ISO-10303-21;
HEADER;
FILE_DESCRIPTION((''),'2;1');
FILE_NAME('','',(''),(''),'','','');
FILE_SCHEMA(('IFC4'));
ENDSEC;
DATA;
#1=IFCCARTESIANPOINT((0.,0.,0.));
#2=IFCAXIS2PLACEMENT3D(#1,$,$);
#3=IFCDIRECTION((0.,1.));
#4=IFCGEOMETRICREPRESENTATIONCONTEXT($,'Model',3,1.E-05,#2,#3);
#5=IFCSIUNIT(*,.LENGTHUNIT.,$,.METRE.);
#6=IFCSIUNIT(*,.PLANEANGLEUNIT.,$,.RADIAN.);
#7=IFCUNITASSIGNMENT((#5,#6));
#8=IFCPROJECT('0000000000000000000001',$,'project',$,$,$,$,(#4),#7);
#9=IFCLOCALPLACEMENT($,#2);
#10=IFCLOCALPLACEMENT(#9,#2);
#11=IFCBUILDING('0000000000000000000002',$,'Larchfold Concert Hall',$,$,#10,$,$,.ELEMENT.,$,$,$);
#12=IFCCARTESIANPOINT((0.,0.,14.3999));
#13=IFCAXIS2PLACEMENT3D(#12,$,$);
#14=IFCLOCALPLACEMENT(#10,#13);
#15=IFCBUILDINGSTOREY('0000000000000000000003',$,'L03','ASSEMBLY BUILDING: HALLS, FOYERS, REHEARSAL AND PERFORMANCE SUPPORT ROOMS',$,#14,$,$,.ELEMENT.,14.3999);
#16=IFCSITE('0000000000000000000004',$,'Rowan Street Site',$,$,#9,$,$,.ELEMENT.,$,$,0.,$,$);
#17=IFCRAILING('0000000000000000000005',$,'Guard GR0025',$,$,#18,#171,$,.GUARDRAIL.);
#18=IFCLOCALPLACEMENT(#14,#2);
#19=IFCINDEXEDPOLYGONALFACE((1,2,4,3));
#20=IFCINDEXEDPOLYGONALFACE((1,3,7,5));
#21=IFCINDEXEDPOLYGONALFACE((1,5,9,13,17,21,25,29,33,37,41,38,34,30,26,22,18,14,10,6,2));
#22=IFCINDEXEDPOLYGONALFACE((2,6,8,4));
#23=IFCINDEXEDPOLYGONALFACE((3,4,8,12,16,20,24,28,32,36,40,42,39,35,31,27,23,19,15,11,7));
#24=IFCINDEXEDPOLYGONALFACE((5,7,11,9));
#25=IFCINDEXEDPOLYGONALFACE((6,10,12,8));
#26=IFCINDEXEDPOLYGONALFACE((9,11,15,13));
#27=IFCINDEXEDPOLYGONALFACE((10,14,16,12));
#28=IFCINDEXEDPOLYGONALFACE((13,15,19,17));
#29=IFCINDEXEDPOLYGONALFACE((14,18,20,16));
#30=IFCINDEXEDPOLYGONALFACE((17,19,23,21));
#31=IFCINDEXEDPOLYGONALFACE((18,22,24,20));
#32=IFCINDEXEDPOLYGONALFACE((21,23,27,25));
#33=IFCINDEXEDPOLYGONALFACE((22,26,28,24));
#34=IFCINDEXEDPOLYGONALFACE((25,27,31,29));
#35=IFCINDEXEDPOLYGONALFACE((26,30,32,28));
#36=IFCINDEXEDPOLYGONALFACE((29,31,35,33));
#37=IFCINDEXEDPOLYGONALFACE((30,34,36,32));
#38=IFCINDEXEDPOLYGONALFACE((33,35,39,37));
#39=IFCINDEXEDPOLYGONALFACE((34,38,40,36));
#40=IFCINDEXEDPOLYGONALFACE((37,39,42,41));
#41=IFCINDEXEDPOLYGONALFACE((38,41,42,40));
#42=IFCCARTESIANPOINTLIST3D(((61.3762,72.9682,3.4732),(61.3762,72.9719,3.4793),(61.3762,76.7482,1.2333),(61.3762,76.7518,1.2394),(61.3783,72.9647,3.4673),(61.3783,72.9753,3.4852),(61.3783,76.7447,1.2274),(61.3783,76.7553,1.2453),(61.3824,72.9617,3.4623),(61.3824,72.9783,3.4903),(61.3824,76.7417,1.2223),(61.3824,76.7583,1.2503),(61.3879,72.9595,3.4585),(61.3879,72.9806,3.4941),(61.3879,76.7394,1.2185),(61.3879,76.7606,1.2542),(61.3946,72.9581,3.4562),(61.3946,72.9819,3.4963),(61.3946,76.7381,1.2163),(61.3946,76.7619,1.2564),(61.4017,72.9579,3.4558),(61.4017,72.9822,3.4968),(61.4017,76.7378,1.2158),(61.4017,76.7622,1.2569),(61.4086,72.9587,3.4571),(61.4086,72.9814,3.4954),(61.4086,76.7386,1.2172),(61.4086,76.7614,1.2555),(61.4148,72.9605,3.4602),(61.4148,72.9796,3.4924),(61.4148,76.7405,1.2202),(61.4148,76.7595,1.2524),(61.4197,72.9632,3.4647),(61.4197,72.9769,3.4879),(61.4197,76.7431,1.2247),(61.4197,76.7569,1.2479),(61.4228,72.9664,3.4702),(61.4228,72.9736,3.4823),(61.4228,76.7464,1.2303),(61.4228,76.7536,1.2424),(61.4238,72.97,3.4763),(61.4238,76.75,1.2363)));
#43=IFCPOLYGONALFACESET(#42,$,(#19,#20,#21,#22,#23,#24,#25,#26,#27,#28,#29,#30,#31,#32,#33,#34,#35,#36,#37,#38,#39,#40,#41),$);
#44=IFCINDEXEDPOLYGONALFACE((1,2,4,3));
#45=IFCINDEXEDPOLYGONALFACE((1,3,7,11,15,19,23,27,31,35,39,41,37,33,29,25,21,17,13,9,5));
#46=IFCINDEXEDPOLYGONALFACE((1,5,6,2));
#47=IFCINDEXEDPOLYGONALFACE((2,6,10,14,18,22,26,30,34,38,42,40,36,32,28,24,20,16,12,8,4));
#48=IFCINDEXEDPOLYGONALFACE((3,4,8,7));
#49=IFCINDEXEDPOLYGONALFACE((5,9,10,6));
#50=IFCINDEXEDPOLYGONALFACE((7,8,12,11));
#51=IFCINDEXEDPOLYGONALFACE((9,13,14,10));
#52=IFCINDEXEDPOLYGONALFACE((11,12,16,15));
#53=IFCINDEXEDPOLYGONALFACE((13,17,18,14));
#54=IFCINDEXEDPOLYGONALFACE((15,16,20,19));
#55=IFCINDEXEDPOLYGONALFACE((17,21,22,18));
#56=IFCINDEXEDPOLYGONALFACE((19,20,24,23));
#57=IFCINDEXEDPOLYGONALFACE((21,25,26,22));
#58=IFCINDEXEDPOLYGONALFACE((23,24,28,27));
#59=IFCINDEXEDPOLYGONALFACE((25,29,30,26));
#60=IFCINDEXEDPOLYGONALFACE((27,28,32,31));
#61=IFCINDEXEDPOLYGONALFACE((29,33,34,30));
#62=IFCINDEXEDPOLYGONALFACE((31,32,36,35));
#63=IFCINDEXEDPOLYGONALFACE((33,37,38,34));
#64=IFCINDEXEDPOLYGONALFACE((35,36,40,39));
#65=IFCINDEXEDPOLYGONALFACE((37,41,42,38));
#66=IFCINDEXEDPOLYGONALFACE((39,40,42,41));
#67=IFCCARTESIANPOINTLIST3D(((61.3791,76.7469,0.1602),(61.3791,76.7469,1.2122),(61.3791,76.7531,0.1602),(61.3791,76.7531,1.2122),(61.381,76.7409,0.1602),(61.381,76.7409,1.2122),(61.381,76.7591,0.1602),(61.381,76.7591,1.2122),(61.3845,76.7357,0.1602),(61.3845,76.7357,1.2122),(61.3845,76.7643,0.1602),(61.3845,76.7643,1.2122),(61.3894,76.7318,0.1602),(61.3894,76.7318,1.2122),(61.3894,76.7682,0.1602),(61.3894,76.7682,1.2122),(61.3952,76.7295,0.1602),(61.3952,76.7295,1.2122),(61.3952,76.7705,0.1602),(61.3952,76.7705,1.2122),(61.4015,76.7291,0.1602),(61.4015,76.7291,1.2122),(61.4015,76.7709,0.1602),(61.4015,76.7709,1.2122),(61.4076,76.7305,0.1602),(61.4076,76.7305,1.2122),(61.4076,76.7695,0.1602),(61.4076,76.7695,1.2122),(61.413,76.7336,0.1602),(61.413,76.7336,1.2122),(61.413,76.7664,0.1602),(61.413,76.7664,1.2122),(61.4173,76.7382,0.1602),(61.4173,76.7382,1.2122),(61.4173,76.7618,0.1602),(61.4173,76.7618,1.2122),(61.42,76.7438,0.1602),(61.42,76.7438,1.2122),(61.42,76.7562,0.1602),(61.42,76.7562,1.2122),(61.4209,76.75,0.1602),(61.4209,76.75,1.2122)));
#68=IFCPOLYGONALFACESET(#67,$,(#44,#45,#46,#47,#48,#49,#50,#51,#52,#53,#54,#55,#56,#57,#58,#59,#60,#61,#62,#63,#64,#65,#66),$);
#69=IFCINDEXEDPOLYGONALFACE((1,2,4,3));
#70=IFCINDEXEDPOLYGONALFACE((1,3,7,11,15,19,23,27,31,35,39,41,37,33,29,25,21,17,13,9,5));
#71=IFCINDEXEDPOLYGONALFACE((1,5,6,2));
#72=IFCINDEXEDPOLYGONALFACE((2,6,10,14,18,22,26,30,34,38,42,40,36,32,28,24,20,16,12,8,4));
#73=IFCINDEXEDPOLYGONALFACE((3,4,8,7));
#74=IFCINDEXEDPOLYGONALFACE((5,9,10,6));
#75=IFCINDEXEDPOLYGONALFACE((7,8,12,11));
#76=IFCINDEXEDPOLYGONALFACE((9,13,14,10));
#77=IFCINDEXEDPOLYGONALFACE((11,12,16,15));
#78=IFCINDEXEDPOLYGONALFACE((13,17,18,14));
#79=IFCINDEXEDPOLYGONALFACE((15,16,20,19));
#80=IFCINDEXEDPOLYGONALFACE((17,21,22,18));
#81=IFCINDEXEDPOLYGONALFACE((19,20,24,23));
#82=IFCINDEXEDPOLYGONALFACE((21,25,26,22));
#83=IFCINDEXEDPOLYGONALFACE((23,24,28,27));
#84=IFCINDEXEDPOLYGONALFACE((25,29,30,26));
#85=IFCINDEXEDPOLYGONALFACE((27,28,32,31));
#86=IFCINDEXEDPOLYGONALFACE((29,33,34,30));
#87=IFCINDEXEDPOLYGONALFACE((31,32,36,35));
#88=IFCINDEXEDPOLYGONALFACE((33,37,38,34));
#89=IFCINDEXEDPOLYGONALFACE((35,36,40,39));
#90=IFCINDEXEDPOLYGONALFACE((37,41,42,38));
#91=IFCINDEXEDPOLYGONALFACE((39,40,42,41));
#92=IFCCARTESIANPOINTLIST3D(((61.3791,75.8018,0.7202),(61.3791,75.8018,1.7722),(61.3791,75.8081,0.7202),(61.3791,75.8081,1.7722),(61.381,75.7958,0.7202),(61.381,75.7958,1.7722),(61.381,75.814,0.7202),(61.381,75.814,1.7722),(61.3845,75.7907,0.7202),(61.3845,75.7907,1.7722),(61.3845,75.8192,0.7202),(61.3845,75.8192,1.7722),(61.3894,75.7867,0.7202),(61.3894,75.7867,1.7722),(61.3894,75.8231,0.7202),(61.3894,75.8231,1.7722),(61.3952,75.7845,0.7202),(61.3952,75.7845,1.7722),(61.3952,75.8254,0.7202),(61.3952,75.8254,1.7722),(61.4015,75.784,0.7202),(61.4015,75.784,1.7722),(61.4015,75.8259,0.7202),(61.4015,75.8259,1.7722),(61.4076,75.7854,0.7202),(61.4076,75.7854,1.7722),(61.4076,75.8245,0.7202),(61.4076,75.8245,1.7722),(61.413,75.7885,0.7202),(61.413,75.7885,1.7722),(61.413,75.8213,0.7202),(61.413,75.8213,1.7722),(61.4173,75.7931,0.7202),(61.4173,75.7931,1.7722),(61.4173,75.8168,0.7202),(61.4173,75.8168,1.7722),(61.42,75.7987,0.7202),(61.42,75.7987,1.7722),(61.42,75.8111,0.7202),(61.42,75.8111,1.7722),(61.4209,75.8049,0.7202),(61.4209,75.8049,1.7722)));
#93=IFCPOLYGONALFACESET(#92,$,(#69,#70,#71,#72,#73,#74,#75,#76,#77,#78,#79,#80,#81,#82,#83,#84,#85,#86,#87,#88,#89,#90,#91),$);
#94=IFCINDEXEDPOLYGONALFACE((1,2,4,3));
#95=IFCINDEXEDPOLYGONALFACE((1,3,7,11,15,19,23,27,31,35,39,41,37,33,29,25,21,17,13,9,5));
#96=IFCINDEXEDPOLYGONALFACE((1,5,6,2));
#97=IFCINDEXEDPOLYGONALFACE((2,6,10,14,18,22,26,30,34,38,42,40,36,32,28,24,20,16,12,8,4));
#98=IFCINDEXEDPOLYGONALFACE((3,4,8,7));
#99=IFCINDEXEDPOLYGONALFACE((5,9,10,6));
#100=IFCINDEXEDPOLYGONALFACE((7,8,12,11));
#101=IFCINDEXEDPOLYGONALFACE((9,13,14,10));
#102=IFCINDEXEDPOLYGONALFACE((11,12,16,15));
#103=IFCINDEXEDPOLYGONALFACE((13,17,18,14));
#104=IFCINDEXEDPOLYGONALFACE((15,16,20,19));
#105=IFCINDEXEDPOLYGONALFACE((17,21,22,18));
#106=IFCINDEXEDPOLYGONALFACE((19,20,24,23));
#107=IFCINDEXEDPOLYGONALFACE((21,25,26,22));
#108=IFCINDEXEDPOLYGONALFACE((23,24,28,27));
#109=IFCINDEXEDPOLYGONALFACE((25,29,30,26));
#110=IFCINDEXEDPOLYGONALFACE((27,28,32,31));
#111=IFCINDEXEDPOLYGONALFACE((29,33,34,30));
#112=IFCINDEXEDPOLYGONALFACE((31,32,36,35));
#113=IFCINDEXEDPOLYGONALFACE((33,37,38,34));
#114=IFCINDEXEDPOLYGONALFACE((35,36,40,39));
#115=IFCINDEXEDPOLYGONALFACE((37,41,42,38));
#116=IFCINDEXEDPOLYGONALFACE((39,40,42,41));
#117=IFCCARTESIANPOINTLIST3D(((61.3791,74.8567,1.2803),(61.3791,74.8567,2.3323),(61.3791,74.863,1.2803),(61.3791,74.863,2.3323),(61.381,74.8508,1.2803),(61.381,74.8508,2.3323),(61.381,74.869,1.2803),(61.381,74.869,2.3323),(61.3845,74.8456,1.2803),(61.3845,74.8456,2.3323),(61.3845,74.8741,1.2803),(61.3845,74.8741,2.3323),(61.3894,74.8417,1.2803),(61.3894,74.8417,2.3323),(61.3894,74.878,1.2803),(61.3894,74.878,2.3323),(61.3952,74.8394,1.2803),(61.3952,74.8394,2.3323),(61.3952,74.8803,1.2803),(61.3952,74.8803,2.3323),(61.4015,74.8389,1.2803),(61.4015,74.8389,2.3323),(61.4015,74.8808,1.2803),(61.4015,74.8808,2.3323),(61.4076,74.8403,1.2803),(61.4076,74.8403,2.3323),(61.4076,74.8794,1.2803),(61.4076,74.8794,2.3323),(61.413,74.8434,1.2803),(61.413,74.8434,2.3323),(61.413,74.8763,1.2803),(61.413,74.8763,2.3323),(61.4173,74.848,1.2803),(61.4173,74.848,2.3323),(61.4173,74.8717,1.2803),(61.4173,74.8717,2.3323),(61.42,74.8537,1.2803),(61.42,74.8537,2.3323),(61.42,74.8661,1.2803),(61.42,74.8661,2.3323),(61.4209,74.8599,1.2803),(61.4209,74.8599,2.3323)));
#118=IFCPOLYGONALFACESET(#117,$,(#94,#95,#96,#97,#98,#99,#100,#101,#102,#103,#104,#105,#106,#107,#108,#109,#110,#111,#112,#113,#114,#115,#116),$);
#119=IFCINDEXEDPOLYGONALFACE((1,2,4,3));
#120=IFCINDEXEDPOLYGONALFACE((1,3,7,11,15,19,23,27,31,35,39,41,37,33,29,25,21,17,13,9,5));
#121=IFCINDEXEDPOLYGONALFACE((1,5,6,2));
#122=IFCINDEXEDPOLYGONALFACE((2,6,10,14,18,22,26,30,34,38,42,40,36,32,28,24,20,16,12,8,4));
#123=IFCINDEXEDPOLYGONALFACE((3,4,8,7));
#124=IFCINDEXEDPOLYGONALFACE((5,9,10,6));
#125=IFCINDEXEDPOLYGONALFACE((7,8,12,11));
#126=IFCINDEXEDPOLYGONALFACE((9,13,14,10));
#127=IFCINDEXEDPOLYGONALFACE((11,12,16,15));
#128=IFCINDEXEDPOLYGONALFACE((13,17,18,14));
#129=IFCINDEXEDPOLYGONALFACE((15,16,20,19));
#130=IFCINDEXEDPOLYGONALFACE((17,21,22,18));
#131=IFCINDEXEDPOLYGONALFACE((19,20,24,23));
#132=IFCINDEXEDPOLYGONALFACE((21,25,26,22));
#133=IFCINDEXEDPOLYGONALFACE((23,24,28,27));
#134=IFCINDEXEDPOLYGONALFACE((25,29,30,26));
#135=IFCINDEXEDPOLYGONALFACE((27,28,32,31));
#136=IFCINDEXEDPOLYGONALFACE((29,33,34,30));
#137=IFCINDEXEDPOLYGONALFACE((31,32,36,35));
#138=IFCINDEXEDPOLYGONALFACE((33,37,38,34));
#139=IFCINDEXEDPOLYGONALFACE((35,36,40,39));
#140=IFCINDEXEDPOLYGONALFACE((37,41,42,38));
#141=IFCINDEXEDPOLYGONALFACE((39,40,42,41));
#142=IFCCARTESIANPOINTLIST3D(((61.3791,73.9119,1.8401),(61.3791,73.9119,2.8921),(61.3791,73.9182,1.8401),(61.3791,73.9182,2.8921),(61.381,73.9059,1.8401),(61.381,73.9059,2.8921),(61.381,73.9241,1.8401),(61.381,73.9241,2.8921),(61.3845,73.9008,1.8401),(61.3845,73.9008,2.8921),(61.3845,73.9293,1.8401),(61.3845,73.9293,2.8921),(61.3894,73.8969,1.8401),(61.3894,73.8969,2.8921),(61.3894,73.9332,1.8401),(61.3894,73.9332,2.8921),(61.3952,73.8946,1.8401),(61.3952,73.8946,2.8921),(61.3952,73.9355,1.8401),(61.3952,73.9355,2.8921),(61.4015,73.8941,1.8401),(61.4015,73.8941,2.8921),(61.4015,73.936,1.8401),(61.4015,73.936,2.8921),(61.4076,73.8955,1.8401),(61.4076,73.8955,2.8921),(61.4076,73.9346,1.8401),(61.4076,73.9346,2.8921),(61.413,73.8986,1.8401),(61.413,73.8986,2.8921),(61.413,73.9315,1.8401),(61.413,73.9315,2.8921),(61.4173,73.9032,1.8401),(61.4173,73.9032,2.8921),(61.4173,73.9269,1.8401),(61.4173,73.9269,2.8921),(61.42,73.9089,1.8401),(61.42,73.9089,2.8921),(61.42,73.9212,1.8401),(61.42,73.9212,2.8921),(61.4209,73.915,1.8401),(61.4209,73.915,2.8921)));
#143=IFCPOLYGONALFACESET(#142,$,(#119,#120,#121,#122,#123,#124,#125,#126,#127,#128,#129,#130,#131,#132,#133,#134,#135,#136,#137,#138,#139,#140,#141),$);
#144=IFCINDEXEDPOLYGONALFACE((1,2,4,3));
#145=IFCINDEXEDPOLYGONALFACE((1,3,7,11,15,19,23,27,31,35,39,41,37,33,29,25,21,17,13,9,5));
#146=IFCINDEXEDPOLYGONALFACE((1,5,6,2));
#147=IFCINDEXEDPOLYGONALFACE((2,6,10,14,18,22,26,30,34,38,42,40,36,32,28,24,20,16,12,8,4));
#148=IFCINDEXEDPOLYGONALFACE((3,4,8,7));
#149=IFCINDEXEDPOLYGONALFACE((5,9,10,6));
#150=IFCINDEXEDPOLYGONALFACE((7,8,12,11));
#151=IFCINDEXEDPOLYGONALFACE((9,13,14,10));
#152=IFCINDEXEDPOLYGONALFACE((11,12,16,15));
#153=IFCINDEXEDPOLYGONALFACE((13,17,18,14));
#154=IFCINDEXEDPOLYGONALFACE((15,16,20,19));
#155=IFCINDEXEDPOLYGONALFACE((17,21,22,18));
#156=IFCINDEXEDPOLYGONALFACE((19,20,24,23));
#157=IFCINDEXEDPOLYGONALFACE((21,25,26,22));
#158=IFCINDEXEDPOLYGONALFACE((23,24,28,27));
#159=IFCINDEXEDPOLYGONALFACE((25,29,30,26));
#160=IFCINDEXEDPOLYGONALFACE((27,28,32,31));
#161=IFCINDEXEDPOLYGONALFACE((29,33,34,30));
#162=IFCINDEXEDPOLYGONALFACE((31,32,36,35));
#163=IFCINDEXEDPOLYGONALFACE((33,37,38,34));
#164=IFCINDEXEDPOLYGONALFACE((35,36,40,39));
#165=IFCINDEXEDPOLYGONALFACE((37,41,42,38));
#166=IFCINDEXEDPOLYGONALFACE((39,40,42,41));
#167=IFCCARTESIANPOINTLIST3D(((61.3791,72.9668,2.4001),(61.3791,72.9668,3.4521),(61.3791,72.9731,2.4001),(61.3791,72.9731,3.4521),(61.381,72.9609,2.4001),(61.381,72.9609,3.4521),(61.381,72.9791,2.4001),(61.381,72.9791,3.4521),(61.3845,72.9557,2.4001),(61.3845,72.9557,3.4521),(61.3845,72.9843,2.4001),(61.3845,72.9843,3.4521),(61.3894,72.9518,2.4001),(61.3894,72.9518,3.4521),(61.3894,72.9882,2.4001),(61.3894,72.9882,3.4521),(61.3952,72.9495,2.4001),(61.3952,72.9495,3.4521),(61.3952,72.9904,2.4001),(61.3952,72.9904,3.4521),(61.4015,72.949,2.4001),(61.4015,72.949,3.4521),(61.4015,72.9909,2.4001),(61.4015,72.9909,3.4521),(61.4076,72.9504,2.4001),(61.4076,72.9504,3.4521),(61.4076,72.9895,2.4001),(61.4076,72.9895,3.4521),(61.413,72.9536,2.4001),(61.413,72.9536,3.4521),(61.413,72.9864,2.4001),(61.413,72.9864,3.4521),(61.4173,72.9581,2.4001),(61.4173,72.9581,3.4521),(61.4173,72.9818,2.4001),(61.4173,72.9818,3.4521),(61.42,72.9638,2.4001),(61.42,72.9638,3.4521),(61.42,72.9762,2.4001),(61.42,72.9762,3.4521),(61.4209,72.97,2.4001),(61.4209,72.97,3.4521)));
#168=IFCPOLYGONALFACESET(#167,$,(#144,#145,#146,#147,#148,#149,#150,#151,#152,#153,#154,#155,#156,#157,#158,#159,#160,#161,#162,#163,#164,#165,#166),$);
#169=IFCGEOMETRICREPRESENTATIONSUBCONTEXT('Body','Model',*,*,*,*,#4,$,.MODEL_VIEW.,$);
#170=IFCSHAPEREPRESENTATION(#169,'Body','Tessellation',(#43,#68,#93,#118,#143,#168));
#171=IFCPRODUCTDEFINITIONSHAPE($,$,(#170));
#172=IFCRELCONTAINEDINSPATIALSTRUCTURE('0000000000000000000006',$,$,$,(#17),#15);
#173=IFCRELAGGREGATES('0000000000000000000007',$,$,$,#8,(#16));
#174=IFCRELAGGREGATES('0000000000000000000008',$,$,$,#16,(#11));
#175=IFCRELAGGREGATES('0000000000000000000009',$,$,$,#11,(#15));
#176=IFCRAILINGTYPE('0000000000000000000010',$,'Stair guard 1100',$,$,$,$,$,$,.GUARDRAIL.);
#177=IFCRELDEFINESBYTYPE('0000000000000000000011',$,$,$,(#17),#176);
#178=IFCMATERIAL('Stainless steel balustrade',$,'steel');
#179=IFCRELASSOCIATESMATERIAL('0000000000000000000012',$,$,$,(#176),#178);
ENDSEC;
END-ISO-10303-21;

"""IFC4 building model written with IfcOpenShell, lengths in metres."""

from ifc_helpers import new_model, si_unit, direction, frame, origin, origin_2d, place, context, subcontext, project, spatial, circle, extrude, material, type_object, element, save


model = new_model("IFC4")

# Units and contexts
model_context = context("Model", 3, precision=1e-05, world=origin(), true_north=direction((0.0, 1.0)))
body_context = subcontext(model_context, "Body", "Model", "MODEL_VIEW")
ifc_project = project(units=[si_unit("LENGTHUNIT", "METRE"), si_unit("PLANEANGLEUNIT", "RADIAN")], contexts=[model_context])

# Site, building, storey
site_placement = place(None, origin())
site = spatial("IfcSite", under=ifc_project, at=site_placement, Name="Rowan Street Site", CompositionType="ELEMENT", RefElevation=0.0)
building_placement = place(site_placement, origin())
building = spatial("IfcBuilding", under=site, at=building_placement, Name="Larchfold Concert Hall", CompositionType="ELEMENT")
storey_placement = place(building_placement, frame((0.0, 0.0, 14.3999)))
storey = spatial("IfcBuildingStorey", under=building, at=storey_placement, Name="L03", Description="ASSEMBLY BUILDING: HALLS, FOYERS, REHEARSAL AND PERFORMANCE SUPPORT ROOMS", CompositionType="ELEMENT", Elevation=14.3999)

# Railing
ifc_material_1 = material(Name="Stainless steel balustrade", Category="steel")
railing_type_1 = type_object("IfcRailingType", Name="Stair guard 1100", PredefinedType="GUARDRAIL", material=ifc_material_1)
railing_1_placement = place(storey_placement, frame((61.3999, 76.75, 0.1602)))
element("IfcRailing", 1, at=railing_1_placement, inside=storey, type_object=railing_type_1, Name="Guard GR0025", PredefinedType="GUARDRAIL", context=body_context, shape_type="SweptSolid", body=[
    extrude(circle(Radius=0.0239, at=origin_2d()), frame((0.0, 0.0, 1.0762), z_axis=(0.0, -0.860294, 0.509798), x_axis=(1.0, 0.0, 0.0)), (0.0, 0.0, 1.0), 4.3938),
    extrude(circle(Radius=0.021, at=origin_2d()), origin(), (0.0, 0.0, 1.0), 1.052),
    extrude(circle(Radius=0.021, at=origin_2d()), frame((0.0, -0.9451, 0.5601)), (0.0, 0.0, 1.0), 1.052),
    extrude(circle(Radius=0.021, at=origin_2d()), frame((0.0, -1.8901, 1.1201)), (0.0, 0.0, 1.0), 1.052),
    extrude(circle(Radius=0.021, at=origin_2d()), frame((0.0, -2.835, 1.6799)), (0.0, 0.0, 1.0), 1.052),
    extrude(circle(Radius=0.021, at=origin_2d()), frame((0.0, -3.78, 2.24)), (0.0, 0.0, 1.0), 1.052),
])

save(model, "model.ifc")
